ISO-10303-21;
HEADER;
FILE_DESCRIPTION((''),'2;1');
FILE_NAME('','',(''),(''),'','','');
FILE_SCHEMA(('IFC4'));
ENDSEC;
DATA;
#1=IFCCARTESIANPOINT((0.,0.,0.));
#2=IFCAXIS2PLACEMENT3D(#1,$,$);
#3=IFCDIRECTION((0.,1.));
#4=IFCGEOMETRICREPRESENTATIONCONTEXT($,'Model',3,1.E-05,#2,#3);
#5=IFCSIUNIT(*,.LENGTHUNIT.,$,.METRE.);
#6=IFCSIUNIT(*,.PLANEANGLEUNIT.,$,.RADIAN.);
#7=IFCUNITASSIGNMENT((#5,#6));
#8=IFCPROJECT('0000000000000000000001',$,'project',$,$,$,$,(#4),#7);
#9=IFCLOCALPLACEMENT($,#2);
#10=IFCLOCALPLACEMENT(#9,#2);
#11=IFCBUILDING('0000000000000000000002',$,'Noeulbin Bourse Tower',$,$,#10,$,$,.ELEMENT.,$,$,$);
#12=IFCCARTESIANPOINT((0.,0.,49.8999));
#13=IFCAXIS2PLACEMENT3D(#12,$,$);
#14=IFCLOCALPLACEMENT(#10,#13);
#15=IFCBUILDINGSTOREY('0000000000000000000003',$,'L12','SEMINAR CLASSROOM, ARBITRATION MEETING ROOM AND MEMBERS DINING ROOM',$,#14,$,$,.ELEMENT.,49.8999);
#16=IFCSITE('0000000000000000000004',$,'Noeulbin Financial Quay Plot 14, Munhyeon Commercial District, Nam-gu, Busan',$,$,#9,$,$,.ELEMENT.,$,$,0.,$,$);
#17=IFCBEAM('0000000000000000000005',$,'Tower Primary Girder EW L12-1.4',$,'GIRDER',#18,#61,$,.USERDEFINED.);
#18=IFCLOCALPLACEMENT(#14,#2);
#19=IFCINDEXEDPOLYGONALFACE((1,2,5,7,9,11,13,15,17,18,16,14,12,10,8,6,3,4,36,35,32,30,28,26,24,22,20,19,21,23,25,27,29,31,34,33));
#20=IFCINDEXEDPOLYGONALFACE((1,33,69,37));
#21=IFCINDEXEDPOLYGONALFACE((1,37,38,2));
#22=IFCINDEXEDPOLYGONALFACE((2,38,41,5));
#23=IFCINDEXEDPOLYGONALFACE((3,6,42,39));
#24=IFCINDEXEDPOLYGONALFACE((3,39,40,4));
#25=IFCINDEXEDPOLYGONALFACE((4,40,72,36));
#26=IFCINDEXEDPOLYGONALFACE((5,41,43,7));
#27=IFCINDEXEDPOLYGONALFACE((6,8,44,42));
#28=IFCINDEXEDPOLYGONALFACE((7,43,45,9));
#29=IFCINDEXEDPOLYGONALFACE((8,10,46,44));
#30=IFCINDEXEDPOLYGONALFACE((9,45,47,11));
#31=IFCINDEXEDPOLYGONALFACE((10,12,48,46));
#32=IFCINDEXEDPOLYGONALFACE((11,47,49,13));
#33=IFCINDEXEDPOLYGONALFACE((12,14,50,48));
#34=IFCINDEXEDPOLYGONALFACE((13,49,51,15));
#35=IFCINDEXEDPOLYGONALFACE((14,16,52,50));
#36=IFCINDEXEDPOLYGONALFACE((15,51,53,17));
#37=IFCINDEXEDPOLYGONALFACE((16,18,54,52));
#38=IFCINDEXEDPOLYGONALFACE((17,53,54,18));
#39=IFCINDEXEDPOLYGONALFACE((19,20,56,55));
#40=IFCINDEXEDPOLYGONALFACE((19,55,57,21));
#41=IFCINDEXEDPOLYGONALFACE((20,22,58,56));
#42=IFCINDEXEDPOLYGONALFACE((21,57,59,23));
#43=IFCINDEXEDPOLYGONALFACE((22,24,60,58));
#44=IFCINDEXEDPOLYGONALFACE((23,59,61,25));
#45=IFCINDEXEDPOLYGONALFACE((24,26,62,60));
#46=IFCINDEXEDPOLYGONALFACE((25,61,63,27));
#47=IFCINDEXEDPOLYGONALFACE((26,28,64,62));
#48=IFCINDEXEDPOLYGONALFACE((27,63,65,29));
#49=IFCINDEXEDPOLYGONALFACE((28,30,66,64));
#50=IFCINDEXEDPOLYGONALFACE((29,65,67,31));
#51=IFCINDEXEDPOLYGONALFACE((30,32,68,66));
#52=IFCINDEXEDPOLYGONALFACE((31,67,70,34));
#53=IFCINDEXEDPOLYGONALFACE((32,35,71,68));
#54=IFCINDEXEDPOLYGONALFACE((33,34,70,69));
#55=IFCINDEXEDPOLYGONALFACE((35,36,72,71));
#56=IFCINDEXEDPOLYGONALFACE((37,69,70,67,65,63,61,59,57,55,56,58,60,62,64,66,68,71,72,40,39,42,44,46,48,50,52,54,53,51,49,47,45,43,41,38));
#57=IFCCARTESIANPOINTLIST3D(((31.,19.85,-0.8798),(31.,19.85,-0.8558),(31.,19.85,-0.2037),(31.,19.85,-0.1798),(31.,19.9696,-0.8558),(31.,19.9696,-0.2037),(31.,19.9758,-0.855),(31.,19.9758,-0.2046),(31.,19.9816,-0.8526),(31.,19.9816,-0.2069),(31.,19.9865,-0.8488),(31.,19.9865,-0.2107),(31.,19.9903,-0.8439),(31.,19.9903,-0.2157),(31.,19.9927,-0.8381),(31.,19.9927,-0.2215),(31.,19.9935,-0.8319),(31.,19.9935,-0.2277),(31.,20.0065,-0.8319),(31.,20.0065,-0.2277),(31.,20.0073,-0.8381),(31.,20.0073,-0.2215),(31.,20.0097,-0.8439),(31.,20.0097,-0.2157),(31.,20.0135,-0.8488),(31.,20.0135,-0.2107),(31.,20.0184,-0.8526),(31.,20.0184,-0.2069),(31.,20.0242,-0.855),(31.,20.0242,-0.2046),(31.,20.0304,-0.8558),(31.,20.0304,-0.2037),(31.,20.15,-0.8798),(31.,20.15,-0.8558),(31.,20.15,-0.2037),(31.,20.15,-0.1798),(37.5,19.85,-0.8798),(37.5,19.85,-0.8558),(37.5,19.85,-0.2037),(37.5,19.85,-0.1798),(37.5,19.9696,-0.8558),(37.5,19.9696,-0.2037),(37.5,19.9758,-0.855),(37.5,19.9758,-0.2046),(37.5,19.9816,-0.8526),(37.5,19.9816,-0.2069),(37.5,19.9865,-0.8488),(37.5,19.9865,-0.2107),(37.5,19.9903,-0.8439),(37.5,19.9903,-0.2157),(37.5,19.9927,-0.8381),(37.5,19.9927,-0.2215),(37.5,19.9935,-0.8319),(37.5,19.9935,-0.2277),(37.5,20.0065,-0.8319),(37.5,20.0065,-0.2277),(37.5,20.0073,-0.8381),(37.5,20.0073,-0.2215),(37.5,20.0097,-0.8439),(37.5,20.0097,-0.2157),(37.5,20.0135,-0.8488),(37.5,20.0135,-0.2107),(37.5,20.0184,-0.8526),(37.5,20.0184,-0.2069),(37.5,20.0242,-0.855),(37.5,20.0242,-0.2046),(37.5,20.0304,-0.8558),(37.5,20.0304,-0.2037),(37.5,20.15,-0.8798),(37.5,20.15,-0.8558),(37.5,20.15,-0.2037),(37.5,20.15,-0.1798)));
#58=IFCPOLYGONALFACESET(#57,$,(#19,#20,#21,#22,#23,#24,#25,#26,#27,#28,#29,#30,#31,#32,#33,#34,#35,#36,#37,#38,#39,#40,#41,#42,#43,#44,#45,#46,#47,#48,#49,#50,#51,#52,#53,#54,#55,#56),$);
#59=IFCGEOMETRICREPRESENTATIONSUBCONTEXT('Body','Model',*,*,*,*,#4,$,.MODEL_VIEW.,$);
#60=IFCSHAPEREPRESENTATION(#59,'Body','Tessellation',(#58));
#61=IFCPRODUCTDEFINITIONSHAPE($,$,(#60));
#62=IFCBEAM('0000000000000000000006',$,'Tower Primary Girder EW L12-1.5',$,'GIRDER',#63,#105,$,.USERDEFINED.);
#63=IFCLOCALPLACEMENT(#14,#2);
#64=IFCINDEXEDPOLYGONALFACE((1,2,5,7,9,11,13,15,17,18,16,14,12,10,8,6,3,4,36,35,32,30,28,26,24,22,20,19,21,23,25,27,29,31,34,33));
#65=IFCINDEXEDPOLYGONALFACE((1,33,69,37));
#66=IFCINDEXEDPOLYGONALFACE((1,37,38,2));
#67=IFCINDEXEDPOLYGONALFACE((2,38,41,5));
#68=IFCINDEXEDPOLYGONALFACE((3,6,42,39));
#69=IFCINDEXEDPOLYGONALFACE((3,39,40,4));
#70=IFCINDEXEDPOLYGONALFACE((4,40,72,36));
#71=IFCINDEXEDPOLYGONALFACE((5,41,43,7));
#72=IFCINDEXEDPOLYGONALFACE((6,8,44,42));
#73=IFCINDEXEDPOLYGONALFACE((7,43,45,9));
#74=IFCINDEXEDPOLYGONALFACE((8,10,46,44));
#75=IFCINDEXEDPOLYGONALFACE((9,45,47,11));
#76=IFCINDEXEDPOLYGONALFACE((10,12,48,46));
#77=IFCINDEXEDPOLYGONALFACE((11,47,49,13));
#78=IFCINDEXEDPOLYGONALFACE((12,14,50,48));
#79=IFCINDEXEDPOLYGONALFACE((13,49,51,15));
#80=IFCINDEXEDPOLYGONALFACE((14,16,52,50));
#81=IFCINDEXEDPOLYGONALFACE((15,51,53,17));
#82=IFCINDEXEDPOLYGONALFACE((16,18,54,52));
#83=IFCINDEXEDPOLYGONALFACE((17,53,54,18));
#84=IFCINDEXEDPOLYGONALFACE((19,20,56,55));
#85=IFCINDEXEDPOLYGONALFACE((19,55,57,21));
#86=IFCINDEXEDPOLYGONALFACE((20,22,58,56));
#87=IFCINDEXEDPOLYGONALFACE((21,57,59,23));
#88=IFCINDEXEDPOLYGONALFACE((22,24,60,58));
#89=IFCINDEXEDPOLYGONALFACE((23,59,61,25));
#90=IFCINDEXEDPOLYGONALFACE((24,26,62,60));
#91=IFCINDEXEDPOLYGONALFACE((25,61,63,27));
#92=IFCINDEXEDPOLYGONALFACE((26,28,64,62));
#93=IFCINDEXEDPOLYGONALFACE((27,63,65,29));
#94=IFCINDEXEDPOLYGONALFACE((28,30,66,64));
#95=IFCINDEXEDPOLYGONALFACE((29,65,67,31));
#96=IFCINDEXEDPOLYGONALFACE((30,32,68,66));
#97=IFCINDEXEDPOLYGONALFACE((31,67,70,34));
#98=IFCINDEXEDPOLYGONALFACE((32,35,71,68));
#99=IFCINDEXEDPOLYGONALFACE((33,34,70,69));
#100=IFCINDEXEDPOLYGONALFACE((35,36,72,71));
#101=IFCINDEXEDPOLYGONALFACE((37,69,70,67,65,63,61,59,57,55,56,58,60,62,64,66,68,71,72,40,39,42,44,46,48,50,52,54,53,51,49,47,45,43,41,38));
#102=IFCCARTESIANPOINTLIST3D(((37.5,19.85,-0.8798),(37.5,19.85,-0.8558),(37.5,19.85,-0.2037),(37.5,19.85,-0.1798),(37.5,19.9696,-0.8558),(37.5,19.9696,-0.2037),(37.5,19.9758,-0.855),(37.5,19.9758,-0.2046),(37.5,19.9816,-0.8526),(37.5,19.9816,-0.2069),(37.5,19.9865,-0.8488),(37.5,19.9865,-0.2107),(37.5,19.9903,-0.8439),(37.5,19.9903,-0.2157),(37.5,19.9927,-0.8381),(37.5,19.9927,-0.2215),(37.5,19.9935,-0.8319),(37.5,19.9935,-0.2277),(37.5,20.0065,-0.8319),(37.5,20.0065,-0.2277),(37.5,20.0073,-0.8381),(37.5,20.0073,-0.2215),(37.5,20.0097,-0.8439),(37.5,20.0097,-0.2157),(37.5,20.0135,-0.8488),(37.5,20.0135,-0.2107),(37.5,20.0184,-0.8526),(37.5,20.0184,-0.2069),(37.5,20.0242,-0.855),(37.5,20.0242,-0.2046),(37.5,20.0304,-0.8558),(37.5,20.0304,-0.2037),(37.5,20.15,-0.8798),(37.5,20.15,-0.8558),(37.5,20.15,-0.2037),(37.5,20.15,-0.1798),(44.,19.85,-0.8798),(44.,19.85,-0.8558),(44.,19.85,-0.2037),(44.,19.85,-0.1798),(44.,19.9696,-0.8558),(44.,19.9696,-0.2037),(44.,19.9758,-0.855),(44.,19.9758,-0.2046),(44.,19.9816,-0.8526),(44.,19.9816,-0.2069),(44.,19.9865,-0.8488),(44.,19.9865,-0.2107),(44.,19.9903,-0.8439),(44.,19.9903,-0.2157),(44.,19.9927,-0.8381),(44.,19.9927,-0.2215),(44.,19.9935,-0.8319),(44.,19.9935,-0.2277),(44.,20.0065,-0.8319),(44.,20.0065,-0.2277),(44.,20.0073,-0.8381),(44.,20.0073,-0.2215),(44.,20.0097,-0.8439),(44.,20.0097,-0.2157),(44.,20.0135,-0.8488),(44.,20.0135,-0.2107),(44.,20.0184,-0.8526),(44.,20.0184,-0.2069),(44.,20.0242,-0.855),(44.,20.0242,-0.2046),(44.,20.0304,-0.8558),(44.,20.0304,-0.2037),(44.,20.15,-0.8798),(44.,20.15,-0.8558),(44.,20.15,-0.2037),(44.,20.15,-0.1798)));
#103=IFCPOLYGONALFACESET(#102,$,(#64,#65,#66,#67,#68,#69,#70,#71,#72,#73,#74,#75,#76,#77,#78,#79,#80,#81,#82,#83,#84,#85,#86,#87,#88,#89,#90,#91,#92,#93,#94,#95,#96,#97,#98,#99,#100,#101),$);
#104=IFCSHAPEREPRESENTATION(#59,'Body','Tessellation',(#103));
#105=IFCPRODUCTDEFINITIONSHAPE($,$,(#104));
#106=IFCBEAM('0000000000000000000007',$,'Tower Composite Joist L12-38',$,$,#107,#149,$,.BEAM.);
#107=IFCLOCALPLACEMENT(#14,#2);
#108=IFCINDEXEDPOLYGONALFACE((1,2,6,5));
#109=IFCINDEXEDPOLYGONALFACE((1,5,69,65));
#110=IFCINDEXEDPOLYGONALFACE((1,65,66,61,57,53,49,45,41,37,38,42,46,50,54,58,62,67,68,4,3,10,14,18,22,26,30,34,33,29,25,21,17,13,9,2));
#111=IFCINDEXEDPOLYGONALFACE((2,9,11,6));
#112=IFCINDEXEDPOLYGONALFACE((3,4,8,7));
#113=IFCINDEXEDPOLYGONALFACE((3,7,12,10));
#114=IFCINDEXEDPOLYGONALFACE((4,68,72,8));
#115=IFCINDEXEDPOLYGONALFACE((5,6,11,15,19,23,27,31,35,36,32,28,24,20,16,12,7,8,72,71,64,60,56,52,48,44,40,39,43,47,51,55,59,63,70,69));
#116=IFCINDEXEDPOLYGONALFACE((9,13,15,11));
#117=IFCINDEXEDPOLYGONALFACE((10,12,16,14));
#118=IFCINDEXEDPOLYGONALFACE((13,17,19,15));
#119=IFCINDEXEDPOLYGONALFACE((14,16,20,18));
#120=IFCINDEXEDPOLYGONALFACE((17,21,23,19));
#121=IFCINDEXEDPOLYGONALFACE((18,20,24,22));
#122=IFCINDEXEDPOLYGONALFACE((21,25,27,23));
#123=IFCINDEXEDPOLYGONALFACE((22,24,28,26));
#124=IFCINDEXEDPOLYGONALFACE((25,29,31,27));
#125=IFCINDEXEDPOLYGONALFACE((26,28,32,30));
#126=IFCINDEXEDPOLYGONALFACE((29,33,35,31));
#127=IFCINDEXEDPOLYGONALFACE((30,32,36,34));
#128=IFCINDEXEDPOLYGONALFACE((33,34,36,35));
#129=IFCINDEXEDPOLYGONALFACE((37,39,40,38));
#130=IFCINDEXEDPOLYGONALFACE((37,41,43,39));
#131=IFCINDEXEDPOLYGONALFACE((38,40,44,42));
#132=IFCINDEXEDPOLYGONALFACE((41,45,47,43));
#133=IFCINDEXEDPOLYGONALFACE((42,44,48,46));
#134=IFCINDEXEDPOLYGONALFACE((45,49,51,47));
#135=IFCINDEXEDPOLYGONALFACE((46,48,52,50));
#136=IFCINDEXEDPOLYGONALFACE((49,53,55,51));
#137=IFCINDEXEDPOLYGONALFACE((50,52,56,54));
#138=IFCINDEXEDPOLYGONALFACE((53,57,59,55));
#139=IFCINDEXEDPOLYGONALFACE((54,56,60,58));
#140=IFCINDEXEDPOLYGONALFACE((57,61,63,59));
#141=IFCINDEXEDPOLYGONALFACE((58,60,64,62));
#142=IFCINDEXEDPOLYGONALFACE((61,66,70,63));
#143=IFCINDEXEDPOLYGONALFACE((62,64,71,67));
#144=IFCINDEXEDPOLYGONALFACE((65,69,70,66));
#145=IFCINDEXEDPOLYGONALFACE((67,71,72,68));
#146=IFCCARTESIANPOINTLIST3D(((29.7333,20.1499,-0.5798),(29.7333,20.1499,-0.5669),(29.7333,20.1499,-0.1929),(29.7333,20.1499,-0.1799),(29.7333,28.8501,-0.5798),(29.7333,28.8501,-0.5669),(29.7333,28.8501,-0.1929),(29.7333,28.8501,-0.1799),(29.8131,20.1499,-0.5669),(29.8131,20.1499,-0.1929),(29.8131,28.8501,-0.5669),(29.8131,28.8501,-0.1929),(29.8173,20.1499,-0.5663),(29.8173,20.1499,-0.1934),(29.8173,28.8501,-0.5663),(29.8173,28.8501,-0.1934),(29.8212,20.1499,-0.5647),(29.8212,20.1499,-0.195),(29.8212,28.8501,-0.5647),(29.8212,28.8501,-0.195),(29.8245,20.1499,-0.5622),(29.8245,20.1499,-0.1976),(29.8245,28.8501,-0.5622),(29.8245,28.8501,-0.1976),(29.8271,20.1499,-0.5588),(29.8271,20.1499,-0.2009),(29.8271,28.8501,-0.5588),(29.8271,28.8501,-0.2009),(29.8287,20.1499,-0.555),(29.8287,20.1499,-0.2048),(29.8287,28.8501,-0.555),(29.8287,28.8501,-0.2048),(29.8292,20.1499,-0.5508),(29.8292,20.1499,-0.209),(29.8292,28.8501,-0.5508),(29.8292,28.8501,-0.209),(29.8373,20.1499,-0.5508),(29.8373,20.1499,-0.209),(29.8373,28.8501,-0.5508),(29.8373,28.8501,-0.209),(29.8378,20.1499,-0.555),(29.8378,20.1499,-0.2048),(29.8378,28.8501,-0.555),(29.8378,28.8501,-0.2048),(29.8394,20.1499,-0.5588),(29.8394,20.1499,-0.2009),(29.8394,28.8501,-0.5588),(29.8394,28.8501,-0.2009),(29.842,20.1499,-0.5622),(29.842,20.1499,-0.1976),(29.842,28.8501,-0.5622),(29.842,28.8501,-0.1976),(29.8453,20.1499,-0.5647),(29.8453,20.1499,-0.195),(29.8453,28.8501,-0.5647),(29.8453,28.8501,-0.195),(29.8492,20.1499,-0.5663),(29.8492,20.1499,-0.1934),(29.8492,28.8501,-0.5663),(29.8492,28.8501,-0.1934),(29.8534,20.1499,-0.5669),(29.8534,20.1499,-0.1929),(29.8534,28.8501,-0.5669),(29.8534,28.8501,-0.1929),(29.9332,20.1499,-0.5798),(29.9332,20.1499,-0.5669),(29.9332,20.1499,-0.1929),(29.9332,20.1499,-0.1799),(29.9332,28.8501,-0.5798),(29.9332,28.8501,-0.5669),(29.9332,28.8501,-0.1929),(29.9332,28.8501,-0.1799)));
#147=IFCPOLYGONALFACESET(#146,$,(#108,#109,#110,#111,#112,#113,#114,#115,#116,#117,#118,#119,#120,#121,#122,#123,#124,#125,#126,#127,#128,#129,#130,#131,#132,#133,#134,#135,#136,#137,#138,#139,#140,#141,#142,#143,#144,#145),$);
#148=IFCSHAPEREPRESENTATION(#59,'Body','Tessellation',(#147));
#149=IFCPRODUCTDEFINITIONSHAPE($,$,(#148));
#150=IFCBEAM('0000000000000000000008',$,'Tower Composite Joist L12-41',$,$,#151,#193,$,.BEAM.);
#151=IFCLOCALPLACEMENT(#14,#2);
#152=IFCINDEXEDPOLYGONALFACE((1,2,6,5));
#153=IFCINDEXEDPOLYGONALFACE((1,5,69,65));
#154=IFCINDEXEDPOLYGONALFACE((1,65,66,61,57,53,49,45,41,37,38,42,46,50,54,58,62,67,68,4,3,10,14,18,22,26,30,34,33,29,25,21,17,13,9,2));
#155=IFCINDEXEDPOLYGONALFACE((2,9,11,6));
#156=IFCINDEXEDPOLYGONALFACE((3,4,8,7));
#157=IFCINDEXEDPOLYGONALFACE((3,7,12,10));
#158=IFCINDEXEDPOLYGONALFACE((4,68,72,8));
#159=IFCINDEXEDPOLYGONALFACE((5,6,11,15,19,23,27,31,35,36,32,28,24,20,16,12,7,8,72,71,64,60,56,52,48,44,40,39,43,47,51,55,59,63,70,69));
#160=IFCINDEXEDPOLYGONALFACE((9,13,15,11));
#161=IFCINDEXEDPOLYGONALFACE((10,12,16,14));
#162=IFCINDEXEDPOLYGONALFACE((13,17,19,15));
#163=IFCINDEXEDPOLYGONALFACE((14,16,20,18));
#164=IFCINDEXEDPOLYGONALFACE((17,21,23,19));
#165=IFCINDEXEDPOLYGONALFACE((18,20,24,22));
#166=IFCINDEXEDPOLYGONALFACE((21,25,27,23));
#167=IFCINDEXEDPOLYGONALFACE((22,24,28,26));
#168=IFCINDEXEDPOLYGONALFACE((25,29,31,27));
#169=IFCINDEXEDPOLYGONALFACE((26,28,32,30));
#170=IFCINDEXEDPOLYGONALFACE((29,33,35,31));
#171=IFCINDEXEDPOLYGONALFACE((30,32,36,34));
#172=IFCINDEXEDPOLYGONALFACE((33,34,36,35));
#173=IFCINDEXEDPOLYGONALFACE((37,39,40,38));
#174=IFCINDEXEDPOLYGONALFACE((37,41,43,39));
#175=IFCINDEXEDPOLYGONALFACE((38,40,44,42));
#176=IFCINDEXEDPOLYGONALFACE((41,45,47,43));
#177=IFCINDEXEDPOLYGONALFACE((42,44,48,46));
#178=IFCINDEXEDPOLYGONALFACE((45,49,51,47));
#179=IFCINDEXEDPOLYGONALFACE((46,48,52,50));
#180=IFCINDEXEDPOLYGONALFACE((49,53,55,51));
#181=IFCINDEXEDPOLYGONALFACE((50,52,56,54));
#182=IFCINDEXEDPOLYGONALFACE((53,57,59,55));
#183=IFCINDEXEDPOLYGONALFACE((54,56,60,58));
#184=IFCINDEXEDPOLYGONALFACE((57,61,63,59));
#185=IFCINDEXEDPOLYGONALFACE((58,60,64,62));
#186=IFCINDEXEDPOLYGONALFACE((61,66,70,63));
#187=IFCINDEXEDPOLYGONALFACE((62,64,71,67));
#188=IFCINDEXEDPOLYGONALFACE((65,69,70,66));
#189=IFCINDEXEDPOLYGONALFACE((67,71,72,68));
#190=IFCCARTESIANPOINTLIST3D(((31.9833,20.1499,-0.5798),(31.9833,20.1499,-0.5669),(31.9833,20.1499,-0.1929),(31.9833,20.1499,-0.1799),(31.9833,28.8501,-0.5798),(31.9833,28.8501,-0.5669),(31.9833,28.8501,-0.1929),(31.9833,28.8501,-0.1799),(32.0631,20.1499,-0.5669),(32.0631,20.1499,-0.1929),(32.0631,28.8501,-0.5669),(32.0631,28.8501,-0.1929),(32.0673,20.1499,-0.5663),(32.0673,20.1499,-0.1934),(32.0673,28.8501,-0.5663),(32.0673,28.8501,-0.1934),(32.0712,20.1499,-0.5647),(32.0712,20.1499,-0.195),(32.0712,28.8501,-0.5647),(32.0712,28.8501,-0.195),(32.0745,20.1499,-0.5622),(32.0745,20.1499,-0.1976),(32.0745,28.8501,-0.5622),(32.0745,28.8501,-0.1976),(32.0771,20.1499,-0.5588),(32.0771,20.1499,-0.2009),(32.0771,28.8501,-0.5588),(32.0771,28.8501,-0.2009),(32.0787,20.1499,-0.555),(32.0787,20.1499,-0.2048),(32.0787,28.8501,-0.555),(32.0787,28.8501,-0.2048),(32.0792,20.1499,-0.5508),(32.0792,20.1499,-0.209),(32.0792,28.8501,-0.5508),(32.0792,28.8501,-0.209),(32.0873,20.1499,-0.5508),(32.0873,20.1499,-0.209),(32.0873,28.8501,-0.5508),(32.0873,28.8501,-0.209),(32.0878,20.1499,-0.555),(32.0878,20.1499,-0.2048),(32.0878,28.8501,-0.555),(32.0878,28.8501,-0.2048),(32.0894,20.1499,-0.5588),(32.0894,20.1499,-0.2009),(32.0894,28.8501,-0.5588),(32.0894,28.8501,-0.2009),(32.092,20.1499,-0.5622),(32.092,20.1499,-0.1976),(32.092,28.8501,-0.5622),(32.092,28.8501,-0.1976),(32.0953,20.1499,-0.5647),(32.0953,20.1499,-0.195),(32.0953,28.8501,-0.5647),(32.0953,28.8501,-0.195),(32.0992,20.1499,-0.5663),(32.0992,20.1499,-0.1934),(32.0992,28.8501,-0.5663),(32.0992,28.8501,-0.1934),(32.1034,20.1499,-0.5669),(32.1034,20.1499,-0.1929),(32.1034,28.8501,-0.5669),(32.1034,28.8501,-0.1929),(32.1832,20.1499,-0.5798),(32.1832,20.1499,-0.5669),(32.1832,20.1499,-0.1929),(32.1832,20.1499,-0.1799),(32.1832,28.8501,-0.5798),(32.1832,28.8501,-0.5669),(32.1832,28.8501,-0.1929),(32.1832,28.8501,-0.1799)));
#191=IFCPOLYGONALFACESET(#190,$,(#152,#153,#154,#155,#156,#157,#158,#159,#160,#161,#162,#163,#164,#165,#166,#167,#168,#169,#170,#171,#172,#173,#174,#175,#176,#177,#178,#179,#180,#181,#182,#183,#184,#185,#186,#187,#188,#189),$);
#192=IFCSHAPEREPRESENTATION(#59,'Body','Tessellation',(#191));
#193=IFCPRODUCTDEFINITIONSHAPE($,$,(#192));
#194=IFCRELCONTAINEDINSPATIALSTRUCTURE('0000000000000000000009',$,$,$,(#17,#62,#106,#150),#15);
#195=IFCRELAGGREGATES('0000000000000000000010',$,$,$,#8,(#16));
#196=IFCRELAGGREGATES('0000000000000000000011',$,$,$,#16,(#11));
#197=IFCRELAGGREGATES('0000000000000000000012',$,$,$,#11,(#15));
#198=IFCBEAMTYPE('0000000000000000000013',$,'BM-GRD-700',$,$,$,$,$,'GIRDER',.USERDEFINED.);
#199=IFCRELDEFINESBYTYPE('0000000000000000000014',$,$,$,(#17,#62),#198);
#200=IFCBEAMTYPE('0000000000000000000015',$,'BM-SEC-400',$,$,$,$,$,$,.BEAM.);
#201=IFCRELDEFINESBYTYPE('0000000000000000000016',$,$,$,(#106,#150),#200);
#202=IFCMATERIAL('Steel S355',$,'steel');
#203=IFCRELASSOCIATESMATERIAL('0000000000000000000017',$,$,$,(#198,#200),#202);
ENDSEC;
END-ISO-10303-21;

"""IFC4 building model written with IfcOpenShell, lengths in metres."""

from ifc_helpers import new_model, si_unit, direction, frame, origin, origin_2d, place, context, subcontext, project, spatial, i_section, extrude, material, material_profile, profile_set, type_object, element, save


model = new_model("IFC4")

# Units and contexts
model_context = context("Model", 3, precision=1e-05, world=origin(), true_north=direction((0.0, 1.0)))
body_context = subcontext(model_context, "Body", "Model", "MODEL_VIEW")
ifc_project = project(units=[si_unit("LENGTHUNIT", "METRE"), si_unit("PLANEANGLEUNIT", "RADIAN")], contexts=[model_context])

# Site, building, storey
site_placement = place(None, origin())
site = spatial("IfcSite", under=ifc_project, at=site_placement, Name="Noeulbin Financial Quay Plot 14, Munhyeon Commercial District, Nam-gu, Busan", CompositionType="ELEMENT", RefElevation=0.0)
building_placement = place(site_placement, origin())
building = spatial("IfcBuilding", under=site, at=building_placement, Name="Noeulbin Bourse Tower", CompositionType="ELEMENT")
storey_placement = place(building_placement, frame((0.0, 0.0, 49.8999)))
storey = spatial("IfcBuildingStorey", under=building, at=storey_placement, Name="L12", Description="SEMINAR CLASSROOM, ARBITRATION MEETING ROOM AND MEMBERS DINING ROOM", CompositionType="ELEMENT", Elevation=49.8999)

# Beams
ifc_material_1 = material(Name="Steel S355", Category="steel")
ifc_material_profile_1 = material_profile(ifc_material_1, i_section(OverallWidth=0.3, OverallDepth=0.7, WebThickness=0.0129, FlangeThickness=0.0239, FilletRadius=0.0239, at=origin_2d()), Name="H-700x300x13x24", Category="LoadBearing")
ifc_profile_set_1 = profile_set([ifc_material_profile_1], Name="Steel S355")
beam_type_1 = type_object("IfcBeamType", Name="BM-GRD-700", ElementType="GIRDER", PredefinedType="USERDEFINED", material=ifc_profile_set_1)
for number, where, z_axis, x_axis, name in (
    (1, (31.0, 20.0, -0.5298), (1.0, 0.0, 0.0), (0.0, 1.0, 0.0), "Tower Primary Girder EW L12-1.4"),
    (2, (37.5, 20.0, -0.5298), (1.0, 0.0, 0.0), (0.0, 1.0, 0.0), "Tower Primary Girder EW L12-1.5"),
):
    element("IfcBeam", number, at=place(storey_placement, frame(where, z_axis=z_axis, x_axis=x_axis)), inside=storey, type_object=beam_type_1, Name=name, ObjectType="GIRDER", PredefinedType="USERDEFINED", context=body_context, shape_type="SweptSolid", body=[
        extrude(i_section(OverallWidth=0.3, OverallDepth=0.7, WebThickness=0.0129, FlangeThickness=0.0239, FilletRadius=0.0239, at=origin_2d()), origin(), (0.0, 0.0, 1.0), 6.5),
    ])
ifc_material_profile_2 = material_profile(ifc_material_1, i_section(OverallWidth=0.2, OverallDepth=0.3999, WebThickness=0.0081, FlangeThickness=0.0129, FilletRadius=0.0161, at=origin_2d()), Name="H-400x200x8x13", Category="LoadBearing")
ifc_profile_set_2 = profile_set([ifc_material_profile_2], Name="Steel S355")
beam_type_2 = type_object("IfcBeamType", Name="BM-SEC-400", PredefinedType="BEAM", material=ifc_profile_set_2)
for number, where, z_axis, x_axis, name in (
    (3, (29.8333, 20.1499, -0.3799), (0.0, 1.0, 0.0), (-1.0, 0.0, 0.0), "Tower Composite Joist L12-38"),
    (4, (32.0833, 20.1499, -0.3799), (0.0, 1.0, 0.0), (-1.0, 0.0, 0.0), "Tower Composite Joist L12-41"),
):
    element("IfcBeam", number, at=place(storey_placement, frame(where, z_axis=z_axis, x_axis=x_axis)), inside=storey, type_object=beam_type_2, Name=name, PredefinedType="BEAM", context=body_context, shape_type="SweptSolid", body=[
        extrude(i_section(OverallWidth=0.2, OverallDepth=0.3999, WebThickness=0.0081, FlangeThickness=0.0129, FilletRadius=0.0161, at=origin_2d()), origin(), (0.0, 0.0, 1.0), 8.7002),
    ])

save(model, "model.ifc")
